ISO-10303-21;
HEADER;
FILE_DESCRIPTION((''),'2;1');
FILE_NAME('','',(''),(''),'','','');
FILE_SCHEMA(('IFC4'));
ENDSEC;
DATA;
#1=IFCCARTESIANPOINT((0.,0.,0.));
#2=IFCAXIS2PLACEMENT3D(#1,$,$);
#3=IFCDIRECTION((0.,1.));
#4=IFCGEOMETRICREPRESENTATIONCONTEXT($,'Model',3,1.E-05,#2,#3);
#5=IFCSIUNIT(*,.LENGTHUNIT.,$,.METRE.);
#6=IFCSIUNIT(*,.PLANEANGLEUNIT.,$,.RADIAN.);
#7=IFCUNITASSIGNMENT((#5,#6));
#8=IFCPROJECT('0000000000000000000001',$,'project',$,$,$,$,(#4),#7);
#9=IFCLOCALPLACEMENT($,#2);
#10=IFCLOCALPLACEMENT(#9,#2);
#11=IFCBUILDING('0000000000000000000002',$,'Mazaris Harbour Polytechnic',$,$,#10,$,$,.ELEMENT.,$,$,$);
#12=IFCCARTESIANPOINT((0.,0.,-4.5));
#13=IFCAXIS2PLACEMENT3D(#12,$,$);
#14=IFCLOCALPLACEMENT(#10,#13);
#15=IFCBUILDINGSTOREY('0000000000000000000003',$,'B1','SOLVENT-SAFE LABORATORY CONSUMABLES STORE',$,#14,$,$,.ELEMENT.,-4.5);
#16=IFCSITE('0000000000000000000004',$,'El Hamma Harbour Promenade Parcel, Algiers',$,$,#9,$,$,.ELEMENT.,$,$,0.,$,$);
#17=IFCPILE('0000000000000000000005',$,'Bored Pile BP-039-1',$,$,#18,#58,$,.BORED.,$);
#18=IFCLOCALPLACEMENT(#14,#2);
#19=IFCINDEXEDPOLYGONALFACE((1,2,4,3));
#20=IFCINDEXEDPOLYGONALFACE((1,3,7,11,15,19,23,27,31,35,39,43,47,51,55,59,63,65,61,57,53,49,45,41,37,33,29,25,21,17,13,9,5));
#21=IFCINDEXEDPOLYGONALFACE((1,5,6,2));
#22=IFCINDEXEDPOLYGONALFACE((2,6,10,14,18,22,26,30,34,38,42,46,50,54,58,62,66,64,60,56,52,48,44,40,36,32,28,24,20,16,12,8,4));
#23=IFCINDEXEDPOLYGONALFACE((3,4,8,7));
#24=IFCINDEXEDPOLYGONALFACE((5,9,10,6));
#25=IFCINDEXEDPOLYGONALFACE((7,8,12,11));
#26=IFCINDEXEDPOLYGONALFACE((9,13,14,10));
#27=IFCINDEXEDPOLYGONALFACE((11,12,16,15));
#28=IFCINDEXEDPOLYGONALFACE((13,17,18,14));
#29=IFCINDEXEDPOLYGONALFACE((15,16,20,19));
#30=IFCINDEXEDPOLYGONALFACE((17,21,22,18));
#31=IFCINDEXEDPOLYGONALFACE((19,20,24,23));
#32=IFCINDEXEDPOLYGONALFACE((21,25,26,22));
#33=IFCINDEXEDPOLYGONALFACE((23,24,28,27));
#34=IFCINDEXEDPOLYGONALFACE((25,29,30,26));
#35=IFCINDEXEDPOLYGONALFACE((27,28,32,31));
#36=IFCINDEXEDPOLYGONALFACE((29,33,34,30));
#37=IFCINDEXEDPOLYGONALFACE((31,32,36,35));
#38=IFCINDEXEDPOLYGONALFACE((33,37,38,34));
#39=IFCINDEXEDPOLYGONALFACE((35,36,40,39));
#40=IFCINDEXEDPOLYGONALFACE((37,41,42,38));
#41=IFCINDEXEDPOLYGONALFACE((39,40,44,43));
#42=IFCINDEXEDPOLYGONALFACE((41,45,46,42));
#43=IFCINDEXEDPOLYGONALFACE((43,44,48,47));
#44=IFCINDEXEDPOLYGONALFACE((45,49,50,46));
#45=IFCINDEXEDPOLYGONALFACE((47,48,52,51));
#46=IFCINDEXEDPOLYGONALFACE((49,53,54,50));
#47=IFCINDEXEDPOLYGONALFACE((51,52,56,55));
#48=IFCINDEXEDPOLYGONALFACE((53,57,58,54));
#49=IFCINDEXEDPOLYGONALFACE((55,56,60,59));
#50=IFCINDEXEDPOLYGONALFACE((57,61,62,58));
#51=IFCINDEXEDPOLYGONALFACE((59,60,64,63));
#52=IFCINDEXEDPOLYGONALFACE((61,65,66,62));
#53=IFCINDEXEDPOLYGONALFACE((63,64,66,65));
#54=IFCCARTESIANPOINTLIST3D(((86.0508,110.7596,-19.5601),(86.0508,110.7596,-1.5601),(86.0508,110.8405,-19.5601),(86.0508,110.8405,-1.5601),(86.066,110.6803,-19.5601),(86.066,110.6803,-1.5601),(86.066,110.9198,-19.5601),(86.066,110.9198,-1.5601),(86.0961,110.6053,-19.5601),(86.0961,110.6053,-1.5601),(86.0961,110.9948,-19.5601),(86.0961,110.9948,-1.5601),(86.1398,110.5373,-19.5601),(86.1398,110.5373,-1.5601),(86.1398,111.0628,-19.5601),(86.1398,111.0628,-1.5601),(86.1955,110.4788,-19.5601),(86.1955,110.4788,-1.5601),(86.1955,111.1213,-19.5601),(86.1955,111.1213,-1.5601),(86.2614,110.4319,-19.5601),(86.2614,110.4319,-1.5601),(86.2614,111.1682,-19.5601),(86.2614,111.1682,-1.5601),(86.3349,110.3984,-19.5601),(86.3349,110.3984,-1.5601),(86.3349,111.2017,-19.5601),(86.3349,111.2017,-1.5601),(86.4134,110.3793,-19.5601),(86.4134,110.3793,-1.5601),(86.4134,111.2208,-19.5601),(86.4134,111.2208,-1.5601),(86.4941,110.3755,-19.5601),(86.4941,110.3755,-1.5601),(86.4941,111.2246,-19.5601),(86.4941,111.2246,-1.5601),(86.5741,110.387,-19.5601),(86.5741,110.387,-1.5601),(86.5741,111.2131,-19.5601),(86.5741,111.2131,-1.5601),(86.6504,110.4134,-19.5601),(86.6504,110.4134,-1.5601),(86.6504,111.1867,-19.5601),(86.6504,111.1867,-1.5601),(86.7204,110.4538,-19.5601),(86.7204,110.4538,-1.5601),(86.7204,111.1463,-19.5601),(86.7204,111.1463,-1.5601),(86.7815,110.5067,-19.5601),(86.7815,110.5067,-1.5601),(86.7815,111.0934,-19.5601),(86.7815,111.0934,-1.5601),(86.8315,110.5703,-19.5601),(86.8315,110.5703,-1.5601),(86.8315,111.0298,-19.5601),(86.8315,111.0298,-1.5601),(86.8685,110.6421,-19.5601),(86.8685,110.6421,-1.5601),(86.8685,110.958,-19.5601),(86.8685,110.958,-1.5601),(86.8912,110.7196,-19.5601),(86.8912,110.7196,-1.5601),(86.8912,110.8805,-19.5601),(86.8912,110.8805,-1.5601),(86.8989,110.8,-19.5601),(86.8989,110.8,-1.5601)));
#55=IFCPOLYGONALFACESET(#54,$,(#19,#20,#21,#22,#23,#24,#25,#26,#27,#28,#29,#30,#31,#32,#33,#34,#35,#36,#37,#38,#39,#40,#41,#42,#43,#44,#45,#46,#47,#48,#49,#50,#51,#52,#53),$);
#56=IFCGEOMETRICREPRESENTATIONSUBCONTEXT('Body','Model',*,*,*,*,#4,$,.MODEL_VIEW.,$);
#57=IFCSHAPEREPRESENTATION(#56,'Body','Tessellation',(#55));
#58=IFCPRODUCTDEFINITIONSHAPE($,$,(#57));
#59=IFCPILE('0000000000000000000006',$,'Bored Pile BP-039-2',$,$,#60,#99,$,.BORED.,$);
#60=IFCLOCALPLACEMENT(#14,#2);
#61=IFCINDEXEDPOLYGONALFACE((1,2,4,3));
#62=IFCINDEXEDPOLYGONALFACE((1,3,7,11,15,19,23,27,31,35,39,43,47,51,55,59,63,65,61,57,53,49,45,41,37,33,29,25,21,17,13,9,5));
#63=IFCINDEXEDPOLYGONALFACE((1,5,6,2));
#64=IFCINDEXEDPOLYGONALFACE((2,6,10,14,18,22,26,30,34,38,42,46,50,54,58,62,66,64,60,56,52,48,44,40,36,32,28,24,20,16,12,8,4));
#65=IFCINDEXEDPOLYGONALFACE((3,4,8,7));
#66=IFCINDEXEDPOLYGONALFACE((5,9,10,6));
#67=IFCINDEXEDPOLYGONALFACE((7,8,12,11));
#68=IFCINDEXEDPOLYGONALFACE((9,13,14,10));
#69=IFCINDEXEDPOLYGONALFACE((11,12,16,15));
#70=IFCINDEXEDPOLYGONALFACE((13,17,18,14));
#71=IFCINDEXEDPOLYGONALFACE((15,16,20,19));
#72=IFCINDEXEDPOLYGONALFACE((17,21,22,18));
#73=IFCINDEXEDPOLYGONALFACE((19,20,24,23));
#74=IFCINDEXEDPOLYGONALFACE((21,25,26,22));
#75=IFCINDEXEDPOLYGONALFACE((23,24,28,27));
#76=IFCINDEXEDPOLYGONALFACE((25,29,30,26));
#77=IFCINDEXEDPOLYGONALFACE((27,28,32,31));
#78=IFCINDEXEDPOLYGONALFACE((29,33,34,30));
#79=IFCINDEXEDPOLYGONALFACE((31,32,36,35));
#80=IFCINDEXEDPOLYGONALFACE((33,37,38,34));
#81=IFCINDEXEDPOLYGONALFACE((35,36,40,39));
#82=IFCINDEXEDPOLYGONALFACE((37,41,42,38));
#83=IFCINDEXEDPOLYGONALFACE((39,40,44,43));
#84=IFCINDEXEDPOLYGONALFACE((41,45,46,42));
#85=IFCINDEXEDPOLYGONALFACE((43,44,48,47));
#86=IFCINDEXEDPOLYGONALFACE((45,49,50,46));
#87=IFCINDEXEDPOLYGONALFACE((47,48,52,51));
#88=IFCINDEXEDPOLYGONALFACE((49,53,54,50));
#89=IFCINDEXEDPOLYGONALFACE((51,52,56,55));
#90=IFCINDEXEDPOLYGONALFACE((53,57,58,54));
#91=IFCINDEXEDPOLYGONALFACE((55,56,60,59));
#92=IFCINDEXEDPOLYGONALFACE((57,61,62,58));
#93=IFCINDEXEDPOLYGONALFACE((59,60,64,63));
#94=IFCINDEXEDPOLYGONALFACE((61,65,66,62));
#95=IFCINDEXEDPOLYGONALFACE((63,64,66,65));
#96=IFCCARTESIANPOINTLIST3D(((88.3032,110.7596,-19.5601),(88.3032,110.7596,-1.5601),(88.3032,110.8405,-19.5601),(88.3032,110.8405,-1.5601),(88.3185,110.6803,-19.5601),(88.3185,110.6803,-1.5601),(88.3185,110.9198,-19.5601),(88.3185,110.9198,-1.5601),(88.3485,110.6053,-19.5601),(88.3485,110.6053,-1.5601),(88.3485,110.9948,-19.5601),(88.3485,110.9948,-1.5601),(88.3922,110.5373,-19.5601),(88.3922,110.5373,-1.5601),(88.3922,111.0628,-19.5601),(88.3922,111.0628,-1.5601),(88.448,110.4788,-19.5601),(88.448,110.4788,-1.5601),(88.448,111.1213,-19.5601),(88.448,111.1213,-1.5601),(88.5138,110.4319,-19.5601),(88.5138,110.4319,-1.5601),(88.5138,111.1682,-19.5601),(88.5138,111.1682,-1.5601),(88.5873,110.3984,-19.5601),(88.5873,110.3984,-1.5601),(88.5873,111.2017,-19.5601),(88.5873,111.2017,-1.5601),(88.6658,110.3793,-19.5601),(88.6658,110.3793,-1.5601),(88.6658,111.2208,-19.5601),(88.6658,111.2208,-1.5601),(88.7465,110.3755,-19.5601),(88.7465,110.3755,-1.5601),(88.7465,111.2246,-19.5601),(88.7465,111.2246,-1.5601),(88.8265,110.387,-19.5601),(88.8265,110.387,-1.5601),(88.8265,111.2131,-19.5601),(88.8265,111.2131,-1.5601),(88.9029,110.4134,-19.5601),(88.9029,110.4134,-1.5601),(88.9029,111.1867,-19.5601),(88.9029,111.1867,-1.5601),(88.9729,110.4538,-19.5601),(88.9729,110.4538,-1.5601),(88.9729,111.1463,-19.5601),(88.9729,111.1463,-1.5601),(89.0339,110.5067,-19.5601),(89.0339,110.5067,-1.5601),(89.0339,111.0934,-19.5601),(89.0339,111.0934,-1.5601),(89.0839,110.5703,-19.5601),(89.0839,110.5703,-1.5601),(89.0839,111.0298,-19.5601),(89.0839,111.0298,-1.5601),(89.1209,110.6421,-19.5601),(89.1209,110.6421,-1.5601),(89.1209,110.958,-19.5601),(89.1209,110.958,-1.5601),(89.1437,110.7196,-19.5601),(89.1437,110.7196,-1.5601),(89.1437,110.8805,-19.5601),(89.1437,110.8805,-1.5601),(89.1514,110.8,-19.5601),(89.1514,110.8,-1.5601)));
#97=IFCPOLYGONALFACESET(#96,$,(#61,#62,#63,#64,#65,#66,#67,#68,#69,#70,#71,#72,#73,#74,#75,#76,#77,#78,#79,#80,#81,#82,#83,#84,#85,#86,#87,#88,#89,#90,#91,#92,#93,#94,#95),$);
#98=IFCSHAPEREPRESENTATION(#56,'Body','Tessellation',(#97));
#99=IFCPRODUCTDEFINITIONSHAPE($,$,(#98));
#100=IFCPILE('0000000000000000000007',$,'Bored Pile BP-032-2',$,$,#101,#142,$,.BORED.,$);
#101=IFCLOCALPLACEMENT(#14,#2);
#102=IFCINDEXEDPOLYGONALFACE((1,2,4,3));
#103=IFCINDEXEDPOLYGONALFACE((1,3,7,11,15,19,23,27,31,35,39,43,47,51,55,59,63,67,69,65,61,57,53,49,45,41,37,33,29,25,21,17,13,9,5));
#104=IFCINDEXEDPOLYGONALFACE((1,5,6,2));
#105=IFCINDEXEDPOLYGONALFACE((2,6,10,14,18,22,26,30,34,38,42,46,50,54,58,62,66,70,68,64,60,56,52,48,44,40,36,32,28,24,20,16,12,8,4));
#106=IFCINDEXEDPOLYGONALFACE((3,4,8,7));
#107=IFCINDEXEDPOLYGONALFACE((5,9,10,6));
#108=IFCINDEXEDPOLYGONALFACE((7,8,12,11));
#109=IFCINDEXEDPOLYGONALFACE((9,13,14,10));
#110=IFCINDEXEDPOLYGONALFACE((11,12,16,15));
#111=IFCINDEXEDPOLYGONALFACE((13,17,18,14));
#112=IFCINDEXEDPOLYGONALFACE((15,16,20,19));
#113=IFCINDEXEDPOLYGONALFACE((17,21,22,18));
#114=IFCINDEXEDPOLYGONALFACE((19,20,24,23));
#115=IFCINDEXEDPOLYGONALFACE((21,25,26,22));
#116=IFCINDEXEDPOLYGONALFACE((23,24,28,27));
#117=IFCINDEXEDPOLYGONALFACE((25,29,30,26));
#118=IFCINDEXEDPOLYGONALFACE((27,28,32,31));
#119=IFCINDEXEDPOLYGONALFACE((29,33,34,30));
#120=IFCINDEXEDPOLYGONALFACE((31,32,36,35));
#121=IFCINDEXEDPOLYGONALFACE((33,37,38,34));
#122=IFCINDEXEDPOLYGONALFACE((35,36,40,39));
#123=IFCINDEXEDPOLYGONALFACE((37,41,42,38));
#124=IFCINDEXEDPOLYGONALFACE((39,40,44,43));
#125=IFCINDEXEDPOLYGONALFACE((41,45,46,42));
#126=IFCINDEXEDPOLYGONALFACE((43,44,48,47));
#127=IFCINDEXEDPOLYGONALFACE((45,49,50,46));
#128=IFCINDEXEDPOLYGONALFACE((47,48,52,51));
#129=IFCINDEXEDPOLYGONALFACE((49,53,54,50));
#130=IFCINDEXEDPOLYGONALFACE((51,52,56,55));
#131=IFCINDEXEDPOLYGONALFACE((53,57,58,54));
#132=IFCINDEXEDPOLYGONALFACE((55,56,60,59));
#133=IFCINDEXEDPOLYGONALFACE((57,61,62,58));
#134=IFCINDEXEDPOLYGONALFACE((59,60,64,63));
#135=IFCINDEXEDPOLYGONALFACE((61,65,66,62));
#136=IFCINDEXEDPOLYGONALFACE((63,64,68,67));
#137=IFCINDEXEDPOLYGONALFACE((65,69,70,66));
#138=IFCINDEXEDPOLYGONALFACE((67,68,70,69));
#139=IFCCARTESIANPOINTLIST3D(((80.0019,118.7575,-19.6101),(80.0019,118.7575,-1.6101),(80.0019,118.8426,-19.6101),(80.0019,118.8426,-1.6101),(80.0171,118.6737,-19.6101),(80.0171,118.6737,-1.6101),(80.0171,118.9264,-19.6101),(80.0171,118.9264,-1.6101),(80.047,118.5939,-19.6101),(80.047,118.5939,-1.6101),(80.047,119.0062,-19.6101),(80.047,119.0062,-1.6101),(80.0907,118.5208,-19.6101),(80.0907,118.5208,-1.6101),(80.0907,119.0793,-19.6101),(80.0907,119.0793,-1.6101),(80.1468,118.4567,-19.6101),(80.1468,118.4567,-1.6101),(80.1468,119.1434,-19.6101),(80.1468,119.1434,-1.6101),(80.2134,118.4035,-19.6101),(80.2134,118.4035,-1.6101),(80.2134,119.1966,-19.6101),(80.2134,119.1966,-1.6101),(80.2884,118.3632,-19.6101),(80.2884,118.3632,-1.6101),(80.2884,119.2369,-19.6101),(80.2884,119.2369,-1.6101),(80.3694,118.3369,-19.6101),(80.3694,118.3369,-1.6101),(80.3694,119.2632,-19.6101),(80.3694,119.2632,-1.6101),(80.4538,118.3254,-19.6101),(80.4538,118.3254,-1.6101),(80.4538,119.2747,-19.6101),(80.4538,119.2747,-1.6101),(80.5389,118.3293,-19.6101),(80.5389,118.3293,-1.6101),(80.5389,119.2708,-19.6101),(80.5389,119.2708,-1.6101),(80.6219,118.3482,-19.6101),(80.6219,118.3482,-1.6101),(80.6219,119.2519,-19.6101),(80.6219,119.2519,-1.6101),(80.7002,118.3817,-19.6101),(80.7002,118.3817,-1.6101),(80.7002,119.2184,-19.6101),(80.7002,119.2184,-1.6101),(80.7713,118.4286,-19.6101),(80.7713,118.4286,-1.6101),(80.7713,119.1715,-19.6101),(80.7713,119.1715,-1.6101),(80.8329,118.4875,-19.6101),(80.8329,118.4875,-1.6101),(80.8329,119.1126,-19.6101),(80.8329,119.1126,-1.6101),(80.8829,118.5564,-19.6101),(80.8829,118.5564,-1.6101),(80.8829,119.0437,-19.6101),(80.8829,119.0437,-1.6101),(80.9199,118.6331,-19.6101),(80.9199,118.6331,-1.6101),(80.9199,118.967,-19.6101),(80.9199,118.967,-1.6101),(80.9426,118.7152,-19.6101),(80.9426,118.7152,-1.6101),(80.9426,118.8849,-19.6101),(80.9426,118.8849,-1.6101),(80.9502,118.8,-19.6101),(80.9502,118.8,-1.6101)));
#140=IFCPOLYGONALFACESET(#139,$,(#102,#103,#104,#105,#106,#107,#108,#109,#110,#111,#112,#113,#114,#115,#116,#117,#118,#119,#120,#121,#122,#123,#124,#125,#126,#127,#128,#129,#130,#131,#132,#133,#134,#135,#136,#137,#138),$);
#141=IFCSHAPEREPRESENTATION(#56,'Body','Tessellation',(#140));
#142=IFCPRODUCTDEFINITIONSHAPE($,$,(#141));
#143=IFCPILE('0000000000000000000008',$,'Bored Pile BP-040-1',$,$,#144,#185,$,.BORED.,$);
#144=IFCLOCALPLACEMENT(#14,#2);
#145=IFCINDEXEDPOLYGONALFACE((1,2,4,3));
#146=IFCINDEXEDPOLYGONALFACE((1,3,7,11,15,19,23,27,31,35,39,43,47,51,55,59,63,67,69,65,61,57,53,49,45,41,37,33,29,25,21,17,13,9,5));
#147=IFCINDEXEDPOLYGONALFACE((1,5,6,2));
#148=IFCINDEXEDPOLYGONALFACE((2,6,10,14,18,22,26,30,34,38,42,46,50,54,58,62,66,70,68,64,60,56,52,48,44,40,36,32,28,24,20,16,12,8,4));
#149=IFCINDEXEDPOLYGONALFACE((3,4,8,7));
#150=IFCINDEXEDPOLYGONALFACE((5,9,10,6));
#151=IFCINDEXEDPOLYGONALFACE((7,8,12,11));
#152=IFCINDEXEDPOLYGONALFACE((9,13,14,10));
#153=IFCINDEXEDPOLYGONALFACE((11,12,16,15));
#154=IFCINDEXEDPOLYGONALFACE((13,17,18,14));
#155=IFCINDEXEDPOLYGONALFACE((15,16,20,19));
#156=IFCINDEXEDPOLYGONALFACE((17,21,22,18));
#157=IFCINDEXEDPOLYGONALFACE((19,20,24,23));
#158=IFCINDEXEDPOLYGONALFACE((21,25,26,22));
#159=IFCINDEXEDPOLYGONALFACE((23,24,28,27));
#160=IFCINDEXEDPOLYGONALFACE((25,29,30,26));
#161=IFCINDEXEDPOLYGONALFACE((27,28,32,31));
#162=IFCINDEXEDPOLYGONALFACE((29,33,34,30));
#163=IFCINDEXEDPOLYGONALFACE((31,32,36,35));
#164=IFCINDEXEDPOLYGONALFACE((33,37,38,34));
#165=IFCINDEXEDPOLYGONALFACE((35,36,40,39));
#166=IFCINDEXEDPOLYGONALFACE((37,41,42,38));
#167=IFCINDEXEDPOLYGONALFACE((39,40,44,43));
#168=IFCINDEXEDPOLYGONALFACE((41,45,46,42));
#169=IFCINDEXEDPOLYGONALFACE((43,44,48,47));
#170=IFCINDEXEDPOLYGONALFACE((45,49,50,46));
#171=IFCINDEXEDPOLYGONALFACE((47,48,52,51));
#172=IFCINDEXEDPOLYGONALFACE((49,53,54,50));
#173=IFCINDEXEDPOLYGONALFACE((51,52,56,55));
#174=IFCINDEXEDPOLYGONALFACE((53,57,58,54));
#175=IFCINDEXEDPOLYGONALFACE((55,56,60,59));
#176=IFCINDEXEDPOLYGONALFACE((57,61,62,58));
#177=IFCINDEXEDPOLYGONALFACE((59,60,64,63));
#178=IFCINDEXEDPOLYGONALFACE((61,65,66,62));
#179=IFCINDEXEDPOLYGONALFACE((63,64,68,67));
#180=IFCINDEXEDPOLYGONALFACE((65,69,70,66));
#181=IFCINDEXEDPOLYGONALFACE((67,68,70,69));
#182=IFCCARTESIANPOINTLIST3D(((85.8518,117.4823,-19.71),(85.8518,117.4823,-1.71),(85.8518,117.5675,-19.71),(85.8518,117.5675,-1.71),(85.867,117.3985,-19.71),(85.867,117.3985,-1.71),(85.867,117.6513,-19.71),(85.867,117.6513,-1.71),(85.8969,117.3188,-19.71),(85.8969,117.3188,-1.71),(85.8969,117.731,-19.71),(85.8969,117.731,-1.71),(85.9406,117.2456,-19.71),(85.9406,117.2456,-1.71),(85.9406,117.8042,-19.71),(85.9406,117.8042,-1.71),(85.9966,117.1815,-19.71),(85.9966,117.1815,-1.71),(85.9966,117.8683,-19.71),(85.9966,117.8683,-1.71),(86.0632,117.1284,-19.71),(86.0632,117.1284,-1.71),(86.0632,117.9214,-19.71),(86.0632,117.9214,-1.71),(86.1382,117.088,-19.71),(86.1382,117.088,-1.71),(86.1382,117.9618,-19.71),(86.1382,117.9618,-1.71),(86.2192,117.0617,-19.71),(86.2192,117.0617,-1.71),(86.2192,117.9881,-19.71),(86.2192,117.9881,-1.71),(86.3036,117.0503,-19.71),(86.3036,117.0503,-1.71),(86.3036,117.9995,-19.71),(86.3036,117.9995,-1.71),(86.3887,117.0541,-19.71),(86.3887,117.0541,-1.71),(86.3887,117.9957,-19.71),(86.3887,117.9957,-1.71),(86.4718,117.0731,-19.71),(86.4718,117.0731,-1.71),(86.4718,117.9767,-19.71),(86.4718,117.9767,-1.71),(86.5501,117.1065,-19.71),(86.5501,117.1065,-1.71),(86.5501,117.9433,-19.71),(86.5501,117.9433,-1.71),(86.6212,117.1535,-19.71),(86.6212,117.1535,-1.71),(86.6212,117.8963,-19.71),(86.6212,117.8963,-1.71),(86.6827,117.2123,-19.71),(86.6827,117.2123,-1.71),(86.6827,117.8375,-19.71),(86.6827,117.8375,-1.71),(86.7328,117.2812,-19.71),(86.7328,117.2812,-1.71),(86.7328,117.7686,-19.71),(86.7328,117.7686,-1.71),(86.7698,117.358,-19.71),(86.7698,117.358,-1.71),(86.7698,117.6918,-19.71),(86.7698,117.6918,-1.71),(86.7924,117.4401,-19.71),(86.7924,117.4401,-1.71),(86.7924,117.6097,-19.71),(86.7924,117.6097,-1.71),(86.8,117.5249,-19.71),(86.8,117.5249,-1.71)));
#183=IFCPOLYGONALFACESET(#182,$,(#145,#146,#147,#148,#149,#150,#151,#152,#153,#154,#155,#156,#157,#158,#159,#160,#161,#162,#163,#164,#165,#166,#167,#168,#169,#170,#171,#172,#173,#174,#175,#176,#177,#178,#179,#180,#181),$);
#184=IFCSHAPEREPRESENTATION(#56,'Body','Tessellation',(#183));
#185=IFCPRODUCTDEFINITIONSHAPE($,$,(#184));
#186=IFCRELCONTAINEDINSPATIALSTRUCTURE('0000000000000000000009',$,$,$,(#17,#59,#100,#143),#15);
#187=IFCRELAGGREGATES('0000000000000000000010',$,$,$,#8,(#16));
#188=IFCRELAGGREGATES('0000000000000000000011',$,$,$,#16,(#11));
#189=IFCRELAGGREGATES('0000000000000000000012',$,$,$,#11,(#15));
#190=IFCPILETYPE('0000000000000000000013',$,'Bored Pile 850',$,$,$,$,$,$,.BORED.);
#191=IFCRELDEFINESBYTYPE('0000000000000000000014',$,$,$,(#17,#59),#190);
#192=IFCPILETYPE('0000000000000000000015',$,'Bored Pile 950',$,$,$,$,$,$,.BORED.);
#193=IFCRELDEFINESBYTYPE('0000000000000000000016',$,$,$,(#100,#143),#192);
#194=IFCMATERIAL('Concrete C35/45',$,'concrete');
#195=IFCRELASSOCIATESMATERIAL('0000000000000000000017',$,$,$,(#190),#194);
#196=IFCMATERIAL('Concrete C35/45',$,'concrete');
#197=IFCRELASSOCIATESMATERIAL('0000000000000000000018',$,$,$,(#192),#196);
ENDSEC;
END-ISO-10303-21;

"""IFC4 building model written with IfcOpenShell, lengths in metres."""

from ifc_helpers import new_model, si_unit, direction, frame, origin, origin_2d, place, context, subcontext, project, spatial, circle, extrude, material, material_profile, profile_set, type_object, element, save


model = new_model("IFC4")

# Units and contexts
model_context = context("Model", 3, precision=1e-05, world=origin(), true_north=direction((0.0, 1.0)))
body_context = subcontext(model_context, "Body", "Model", "MODEL_VIEW")
ifc_project = project(units=[si_unit("LENGTHUNIT", "METRE"), si_unit("PLANEANGLEUNIT", "RADIAN")], contexts=[model_context])

# Site, building, storey
site_placement = place(None, origin())
site = spatial("IfcSite", under=ifc_project, at=site_placement, Name="El Hamma Harbour Promenade Parcel, Algiers", CompositionType="ELEMENT", RefElevation=0.0)
building_placement = place(site_placement, origin())
building = spatial("IfcBuilding", under=site, at=building_placement, Name="Mazaris Harbour Polytechnic", CompositionType="ELEMENT")
storey_placement = place(building_placement, frame((0.0, 0.0, -4.5)))
storey = spatial("IfcBuildingStorey", under=building, at=storey_placement, Name="B1", Description="SOLVENT-SAFE LABORATORY CONSUMABLES STORE", CompositionType="ELEMENT", Elevation=-4.5)

# Piles
ifc_material_1 = material(Name="Concrete C35/45", Category="concrete")
ifc_material_profile_1 = material_profile(ifc_material_1, circle(Radius=0.425, at=origin_2d()), Name="DIA850")
ifc_profile_set_1 = profile_set([ifc_material_profile_1], Name="Concrete C35/45")
pile_type_1 = type_object("IfcPileType", Name="Bored Pile 850", PredefinedType="BORED", material=ifc_profile_set_1)
for number, where, z_axis, x_axis, name in (
    (1, (86.4739, 110.8, -1.5601), (0.0, 0.0, -1.0), (1.0, 0.0, 0.0), "Bored Pile BP-039-1"),
    (2, (88.7263, 110.8, -1.5601), (0.0, 0.0, -1.0), (1.0, 0.0, 0.0), "Bored Pile BP-039-2"),
):
    element("IfcPile", number, at=place(storey_placement, frame(where, z_axis=z_axis, x_axis=x_axis)), inside=storey, type_object=pile_type_1, Name=name, PredefinedType="BORED", context=body_context, shape_type="SweptSolid", body=[
        extrude(circle(Radius=0.425, at=origin_2d()), origin(), (0.0, 0.0, 1.0), 18.0),
    ])
ifc_material_2 = material(Name="Concrete C35/45", Category="concrete")
ifc_material_profile_2 = material_profile(ifc_material_2, circle(Radius=0.4751, at=origin_2d()), Name="DIA950")
ifc_profile_set_2 = profile_set([ifc_material_profile_2], Name="Concrete C35/45")
pile_type_2 = type_object("IfcPileType", Name="Bored Pile 950", PredefinedType="BORED", material=ifc_profile_set_2)
for number, where, z_axis, x_axis, name in (
    (3, (80.4751, 118.8, -1.6101), (0.0, 0.0, -1.0), (1.0, 0.0, 0.0), "Bored Pile BP-032-2"),
    (4, (86.325, 117.5249, -1.71), (0.0, 0.0, -1.0), (1.0, 0.0, 0.0), "Bored Pile BP-040-1"),
):
    element("IfcPile", number, at=place(storey_placement, frame(where, z_axis=z_axis, x_axis=x_axis)), inside=storey, type_object=pile_type_2, Name=name, PredefinedType="BORED", context=body_context, shape_type="SweptSolid", body=[
        extrude(circle(Radius=0.4751, at=origin_2d()), origin(), (0.0, 0.0, 1.0), 18.0),
    ])

save(model, "model.ifc")
